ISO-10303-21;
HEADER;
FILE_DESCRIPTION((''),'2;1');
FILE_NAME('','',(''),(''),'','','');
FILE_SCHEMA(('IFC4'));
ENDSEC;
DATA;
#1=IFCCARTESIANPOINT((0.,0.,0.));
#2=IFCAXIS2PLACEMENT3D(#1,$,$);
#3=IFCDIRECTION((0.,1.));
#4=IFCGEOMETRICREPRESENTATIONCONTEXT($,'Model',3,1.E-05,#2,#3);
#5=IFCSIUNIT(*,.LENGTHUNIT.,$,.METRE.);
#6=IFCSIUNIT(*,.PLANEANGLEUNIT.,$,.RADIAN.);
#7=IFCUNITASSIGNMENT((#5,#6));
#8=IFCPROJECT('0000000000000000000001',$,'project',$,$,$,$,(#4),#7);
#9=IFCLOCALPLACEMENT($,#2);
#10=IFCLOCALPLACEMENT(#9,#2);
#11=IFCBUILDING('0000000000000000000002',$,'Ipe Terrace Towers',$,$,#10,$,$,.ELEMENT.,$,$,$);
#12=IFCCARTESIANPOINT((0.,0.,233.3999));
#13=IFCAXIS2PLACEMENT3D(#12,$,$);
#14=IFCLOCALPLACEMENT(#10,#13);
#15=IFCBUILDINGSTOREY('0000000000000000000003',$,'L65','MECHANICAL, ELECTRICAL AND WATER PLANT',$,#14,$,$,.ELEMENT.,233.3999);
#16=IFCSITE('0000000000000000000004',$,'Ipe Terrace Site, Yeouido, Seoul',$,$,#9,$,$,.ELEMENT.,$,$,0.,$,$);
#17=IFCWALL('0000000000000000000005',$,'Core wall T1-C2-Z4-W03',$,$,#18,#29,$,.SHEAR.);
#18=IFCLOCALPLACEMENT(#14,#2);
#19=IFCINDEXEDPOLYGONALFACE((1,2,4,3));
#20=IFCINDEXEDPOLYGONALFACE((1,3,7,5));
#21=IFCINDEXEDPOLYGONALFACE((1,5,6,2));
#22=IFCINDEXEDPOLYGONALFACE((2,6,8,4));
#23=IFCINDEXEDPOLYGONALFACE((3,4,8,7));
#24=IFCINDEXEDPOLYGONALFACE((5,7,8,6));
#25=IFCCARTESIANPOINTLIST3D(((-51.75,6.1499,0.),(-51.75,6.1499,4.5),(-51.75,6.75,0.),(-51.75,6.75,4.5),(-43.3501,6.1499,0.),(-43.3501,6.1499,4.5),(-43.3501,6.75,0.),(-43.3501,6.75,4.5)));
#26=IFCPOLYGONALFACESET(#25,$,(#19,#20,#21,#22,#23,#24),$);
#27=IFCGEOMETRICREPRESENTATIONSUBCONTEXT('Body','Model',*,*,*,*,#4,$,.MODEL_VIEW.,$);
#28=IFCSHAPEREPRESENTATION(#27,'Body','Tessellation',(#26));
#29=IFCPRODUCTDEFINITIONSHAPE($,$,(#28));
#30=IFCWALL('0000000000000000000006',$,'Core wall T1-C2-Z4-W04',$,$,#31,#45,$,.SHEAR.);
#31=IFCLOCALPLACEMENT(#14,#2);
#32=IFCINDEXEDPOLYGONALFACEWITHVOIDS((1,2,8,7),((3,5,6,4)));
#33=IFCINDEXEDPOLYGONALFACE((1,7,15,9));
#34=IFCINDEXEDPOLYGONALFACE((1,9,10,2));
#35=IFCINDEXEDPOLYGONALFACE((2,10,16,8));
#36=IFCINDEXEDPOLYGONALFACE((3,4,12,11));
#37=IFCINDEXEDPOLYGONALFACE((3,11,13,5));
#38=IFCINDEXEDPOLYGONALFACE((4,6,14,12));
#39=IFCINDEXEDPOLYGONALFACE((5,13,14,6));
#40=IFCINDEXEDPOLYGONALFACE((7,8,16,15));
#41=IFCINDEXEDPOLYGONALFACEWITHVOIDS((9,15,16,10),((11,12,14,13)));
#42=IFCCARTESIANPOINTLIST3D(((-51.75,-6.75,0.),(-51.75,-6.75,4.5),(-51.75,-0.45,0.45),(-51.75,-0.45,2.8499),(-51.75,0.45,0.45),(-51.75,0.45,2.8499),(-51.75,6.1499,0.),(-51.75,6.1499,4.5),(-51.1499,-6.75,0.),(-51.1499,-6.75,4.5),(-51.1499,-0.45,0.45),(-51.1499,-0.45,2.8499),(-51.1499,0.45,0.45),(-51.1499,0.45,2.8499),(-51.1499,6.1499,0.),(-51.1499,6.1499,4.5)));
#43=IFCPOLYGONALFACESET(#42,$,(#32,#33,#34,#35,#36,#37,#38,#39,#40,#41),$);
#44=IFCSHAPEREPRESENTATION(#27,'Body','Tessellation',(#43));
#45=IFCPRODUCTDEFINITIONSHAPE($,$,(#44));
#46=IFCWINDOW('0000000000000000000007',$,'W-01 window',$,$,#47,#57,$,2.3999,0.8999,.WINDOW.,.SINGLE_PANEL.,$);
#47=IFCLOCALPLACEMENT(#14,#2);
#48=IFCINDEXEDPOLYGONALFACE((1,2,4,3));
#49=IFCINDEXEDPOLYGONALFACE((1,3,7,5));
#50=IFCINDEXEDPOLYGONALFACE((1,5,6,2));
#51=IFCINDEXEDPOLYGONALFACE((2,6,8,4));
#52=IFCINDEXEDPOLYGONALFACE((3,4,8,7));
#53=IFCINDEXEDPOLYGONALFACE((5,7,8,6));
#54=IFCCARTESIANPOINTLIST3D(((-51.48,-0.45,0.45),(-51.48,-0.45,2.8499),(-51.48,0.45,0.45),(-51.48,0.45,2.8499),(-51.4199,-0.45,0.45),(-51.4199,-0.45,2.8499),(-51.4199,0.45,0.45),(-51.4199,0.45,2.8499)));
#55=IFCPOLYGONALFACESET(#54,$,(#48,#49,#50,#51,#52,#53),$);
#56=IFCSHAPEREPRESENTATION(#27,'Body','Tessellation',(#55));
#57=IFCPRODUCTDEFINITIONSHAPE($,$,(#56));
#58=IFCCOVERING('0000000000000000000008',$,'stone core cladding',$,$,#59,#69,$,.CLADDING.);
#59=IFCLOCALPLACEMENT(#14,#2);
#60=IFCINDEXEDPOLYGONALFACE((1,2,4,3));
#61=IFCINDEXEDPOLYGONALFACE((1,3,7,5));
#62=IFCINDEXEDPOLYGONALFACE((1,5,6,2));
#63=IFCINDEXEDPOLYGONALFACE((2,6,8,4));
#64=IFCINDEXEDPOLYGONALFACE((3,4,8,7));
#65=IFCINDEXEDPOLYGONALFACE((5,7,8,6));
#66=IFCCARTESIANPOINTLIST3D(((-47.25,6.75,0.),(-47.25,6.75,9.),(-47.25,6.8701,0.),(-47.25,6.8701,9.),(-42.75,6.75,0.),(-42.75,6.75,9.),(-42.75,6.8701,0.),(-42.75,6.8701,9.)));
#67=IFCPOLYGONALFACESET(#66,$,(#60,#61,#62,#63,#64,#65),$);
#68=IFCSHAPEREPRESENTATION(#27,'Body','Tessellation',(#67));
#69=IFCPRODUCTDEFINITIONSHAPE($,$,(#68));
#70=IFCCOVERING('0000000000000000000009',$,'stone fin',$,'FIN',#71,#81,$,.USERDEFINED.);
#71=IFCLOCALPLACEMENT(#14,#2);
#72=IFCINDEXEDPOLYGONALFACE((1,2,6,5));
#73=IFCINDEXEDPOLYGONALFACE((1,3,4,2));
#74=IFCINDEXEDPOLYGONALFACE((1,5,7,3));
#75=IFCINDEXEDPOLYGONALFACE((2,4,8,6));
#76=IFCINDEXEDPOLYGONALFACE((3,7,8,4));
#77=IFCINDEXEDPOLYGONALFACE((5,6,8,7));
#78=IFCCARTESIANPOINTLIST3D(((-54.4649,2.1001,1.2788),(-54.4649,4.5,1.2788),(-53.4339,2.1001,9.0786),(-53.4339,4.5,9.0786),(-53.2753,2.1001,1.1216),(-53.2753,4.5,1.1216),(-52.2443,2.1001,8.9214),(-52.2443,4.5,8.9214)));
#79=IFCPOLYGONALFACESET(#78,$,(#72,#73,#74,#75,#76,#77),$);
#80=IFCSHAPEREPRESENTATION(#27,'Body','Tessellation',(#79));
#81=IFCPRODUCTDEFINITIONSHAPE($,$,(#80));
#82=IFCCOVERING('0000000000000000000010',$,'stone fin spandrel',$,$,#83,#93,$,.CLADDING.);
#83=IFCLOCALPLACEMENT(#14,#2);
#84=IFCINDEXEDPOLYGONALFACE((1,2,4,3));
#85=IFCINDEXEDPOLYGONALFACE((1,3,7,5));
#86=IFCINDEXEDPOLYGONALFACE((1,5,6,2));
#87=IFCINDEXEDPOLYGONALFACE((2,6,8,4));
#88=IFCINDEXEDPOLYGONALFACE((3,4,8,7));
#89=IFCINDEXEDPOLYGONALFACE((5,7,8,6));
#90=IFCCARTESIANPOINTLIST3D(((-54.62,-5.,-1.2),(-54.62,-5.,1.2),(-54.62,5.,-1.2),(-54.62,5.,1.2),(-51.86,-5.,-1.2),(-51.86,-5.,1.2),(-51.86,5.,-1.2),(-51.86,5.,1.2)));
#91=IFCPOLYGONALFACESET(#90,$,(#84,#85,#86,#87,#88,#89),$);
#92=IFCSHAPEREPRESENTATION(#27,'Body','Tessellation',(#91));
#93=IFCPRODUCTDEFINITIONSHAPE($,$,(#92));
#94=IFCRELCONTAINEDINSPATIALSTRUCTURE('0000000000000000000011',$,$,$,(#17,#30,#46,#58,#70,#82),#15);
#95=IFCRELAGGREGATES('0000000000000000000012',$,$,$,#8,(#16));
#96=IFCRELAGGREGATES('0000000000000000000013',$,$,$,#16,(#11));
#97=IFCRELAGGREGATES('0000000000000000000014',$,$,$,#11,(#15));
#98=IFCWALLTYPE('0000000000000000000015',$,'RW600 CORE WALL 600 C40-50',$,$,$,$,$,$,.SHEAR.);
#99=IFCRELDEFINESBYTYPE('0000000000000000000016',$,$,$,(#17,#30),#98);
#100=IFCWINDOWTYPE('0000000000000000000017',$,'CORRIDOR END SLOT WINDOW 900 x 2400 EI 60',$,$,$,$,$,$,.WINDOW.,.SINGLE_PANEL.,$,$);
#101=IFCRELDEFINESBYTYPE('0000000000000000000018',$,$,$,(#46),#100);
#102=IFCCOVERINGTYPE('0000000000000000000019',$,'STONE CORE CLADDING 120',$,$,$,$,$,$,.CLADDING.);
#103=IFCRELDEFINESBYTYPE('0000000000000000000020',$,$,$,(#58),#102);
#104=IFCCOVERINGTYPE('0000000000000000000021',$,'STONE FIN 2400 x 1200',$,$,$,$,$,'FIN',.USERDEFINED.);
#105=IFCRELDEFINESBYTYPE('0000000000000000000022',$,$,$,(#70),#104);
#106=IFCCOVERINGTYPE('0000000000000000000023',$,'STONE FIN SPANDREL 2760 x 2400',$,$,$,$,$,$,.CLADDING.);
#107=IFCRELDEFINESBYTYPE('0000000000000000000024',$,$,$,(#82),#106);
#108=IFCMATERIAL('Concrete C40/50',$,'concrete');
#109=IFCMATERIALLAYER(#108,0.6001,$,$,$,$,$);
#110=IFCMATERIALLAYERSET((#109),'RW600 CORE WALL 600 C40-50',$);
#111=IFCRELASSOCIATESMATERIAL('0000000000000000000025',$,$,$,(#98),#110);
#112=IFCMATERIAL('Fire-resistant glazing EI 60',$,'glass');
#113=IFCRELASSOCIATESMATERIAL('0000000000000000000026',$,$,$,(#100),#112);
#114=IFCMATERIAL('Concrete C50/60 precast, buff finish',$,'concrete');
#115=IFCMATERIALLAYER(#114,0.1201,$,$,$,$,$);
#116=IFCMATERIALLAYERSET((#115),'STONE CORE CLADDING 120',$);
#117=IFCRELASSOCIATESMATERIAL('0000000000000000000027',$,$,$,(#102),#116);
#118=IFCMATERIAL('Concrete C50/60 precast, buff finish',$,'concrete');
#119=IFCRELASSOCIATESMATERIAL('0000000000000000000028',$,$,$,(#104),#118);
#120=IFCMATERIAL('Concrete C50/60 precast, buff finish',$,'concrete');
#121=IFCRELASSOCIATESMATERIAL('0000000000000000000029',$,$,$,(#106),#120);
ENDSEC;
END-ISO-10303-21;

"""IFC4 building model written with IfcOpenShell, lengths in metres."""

from ifc_helpers import new_model, si_unit, direction, frame, frame_2d, origin, origin_2d, place, context, subcontext, project, spatial, rectangle, extrude, material, layer, layer_set, material_profile, profile_set, type_object, element, fill, save


model = new_model("IFC4")

# Units and contexts
model_context = context("Model", 3, precision=1e-05, world=origin(), true_north=direction((0.0, 1.0)))
body_context = subcontext(model_context, "Body", "Model", "MODEL_VIEW")
ifc_project = project(units=[si_unit("LENGTHUNIT", "METRE"), si_unit("PLANEANGLEUNIT", "RADIAN")], contexts=[model_context])

# Site, building, storey
site_placement = place(None, origin())
site = spatial("IfcSite", under=ifc_project, at=site_placement, Name="Ipe Terrace Site, Yeouido, Seoul", CompositionType="ELEMENT", RefElevation=0.0)
building_placement = place(site_placement, origin())
building = spatial("IfcBuilding", under=site, at=building_placement, Name="Ipe Terrace Towers", CompositionType="ELEMENT")
storey_placement = place(building_placement, frame((0.0, 0.0, 233.3999)))
storey = spatial("IfcBuildingStorey", under=building, at=storey_placement, Name="L65", Description="MECHANICAL, ELECTRICAL AND WATER PLANT", CompositionType="ELEMENT", Elevation=233.3999)

# Wall
ifc_material_1 = material(Name="Concrete C40/50", Category="concrete")
ifc_layer_1 = layer(ifc_material_1, 0.6001)
ifc_layer_set_1 = layer_set([ifc_layer_1], Name="RW600 CORE WALL 600 C40-50")
wall_type_1 = type_object("IfcWallType", Name="RW600 CORE WALL 600 C40-50", PredefinedType="SHEAR", material=ifc_layer_set_1)
wall_1_placement = place(storey_placement, frame((-43.3501, 6.45, 0.0), z_axis=(0.0, 0.0, 1.0), x_axis=(-1.0, 0.0, 0.0)))
element("IfcWall", 1, at=wall_1_placement, inside=storey, type_object=wall_type_1, Name="Core wall T1-C2-Z4-W03", PredefinedType="SHEAR", context=body_context, shape_type="SweptSolid", body=[
    extrude(rectangle(XDim=8.3999, YDim=0.6001, at=frame_2d((4.2, 0.0))), origin(), (0.0, 0.0, 1.0), 4.5),
])

# Wall, opening, window
wall_2_placement = place(storey_placement, frame((-51.45, 6.1499, 0.0), z_axis=(0.0, 0.0, 1.0), x_axis=(0.0, -1.0, 0.0)))
wall_2 = element("IfcWall", 2, at=wall_2_placement, inside=storey, type_object=wall_type_1, Name="Core wall T1-C2-Z4-W04", PredefinedType="SHEAR", context=body_context, shape_type="SweptSolid", body=[
    extrude(rectangle(XDim=12.8999, YDim=0.6001, at=frame_2d((6.45, 0.0))), origin(), (0.0, 0.0, 1.0), 4.5),
])
opening_1_placement = place(wall_2_placement, frame((5.7, 0.0, 0.45)))
opening_1 = element("IfcOpeningElement", 3, at=opening_1_placement, cuts=wall_2, PredefinedType="OPENING", context=body_context, shape_type="SweptSolid", body=[
    extrude(rectangle(XDim=0.8999, YDim=2.3999, at=frame_2d((0.45, 1.2))), frame((0.0, 0.3101, 0.0), z_axis=(0.0, -1.0, 0.0), x_axis=(1.0, 0.0, 0.0)), (0.0, 0.0, 1.0), 0.6201),
])
ifc_material_2 = material(Name="Fire-resistant glazing EI 60", Category="glass")
window_type = type_object("IfcWindowType", Name="CORRIDOR END SLOT WINDOW 900 x 2400 EI 60", PartitioningType="SINGLE_PANEL", PredefinedType="WINDOW", material=ifc_material_2)
window_placement = place(opening_1_placement, origin())
window = element("IfcWindow", 4, at=window_placement, inside=storey, type_object=window_type, Name="W-01 window", OverallHeight=2.3999, OverallWidth=0.8999, PartitioningType="SINGLE_PANEL", PredefinedType="WINDOW", context=body_context, shape_type="SweptSolid", body=[
    extrude(rectangle(XDim=0.8999, YDim=2.3999, at=frame_2d((0.45, 1.2))), frame((0.0, 0.03, 0.0), z_axis=(0.0, -1.0, 0.0), x_axis=(1.0, 0.0, 0.0)), (0.0, 0.0, 1.0), 0.0601),
])
fill(opening_1, window)

# Coverings
ifc_material_3 = material(Name="Concrete C50/60 precast, buff finish", Category="concrete")
ifc_layer_2 = layer(ifc_material_3, 0.1201)
ifc_layer_set_2 = layer_set([ifc_layer_2], Name="STONE CORE CLADDING 120")
covering_type_1 = type_object("IfcCoveringType", Name="STONE CORE CLADDING 120", PredefinedType="CLADDING", material=ifc_layer_set_2)
covering_1_placement = place(storey_placement, frame((-45.0, 6.8101, 0.0), z_axis=(0.0, 0.0, 1.0), x_axis=(-1.0, 0.0, 0.0)))
element("IfcCovering", 5, at=covering_1_placement, inside=storey, type_object=covering_type_1, Name="stone core cladding", PredefinedType="CLADDING", context=body_context, shape_type="SweptSolid", body=[
    extrude(rectangle(XDim=4.5, YDim=0.1201, at=origin_2d()), origin(), (0.0, 0.0, 1.0), 9.0),
])
ifc_material_4 = material(Name="Concrete C50/60 precast, buff finish", Category="concrete")
ifc_material_profile_1 = material_profile(ifc_material_4, rectangle(XDim=2.3999, YDim=1.2, at=origin_2d()), Name="STONE FIN 2400 x 1200")
ifc_profile_set_1 = profile_set([ifc_material_profile_1], Name="Concrete C50/60 precast, buff finish")
covering_type_2 = type_object("IfcCoveringType", Name="STONE FIN 2400 x 1200", ElementType="FIN", PredefinedType="USERDEFINED", material=ifc_profile_set_1)
covering_2_placement = place(storey_placement, frame((-53.8701, 3.3, 1.2002), z_axis=(0.131044, 0.0, 0.991377), x_axis=(0.0, -1.0, 0.0)))
element("IfcCovering", 6, at=covering_2_placement, inside=storey, type_object=covering_type_2, Name="stone fin", ObjectType="FIN", PredefinedType="USERDEFINED", context=body_context, shape_type="SweptSolid", body=[
    extrude(rectangle(XDim=2.3999, YDim=1.2, at=origin_2d()), origin(), (0.0, 0.0, 1.0), 7.8677),
])
ifc_material_5 = material(Name="Concrete C50/60 precast, buff finish", Category="concrete")
ifc_material_profile_2 = material_profile(ifc_material_5, rectangle(XDim=2.76, YDim=2.3999, at=origin_2d()), Name="STONE FIN SPANDREL 2760 x 2400")
ifc_profile_set_2 = profile_set([ifc_material_profile_2], Name="Concrete C50/60 precast, buff finish")
covering_type_3 = type_object("IfcCoveringType", Name="STONE FIN SPANDREL 2760 x 2400", PredefinedType="CLADDING", material=ifc_profile_set_2)
covering_3_placement = place(storey_placement, frame((-53.24, 5.0, 0.0), z_axis=(0.0, -1.0, 0.0), x_axis=(-1.0, 0.0, 0.0)))
element("IfcCovering", 7, at=covering_3_placement, inside=storey, type_object=covering_type_3, Name="stone fin spandrel", PredefinedType="CLADDING", context=body_context, shape_type="SweptSolid", body=[
    extrude(rectangle(XDim=2.76, YDim=2.3999, at=origin_2d()), origin(), (0.0, 0.0, 1.0), 10.0),
])

save(model, "model.ifc")
